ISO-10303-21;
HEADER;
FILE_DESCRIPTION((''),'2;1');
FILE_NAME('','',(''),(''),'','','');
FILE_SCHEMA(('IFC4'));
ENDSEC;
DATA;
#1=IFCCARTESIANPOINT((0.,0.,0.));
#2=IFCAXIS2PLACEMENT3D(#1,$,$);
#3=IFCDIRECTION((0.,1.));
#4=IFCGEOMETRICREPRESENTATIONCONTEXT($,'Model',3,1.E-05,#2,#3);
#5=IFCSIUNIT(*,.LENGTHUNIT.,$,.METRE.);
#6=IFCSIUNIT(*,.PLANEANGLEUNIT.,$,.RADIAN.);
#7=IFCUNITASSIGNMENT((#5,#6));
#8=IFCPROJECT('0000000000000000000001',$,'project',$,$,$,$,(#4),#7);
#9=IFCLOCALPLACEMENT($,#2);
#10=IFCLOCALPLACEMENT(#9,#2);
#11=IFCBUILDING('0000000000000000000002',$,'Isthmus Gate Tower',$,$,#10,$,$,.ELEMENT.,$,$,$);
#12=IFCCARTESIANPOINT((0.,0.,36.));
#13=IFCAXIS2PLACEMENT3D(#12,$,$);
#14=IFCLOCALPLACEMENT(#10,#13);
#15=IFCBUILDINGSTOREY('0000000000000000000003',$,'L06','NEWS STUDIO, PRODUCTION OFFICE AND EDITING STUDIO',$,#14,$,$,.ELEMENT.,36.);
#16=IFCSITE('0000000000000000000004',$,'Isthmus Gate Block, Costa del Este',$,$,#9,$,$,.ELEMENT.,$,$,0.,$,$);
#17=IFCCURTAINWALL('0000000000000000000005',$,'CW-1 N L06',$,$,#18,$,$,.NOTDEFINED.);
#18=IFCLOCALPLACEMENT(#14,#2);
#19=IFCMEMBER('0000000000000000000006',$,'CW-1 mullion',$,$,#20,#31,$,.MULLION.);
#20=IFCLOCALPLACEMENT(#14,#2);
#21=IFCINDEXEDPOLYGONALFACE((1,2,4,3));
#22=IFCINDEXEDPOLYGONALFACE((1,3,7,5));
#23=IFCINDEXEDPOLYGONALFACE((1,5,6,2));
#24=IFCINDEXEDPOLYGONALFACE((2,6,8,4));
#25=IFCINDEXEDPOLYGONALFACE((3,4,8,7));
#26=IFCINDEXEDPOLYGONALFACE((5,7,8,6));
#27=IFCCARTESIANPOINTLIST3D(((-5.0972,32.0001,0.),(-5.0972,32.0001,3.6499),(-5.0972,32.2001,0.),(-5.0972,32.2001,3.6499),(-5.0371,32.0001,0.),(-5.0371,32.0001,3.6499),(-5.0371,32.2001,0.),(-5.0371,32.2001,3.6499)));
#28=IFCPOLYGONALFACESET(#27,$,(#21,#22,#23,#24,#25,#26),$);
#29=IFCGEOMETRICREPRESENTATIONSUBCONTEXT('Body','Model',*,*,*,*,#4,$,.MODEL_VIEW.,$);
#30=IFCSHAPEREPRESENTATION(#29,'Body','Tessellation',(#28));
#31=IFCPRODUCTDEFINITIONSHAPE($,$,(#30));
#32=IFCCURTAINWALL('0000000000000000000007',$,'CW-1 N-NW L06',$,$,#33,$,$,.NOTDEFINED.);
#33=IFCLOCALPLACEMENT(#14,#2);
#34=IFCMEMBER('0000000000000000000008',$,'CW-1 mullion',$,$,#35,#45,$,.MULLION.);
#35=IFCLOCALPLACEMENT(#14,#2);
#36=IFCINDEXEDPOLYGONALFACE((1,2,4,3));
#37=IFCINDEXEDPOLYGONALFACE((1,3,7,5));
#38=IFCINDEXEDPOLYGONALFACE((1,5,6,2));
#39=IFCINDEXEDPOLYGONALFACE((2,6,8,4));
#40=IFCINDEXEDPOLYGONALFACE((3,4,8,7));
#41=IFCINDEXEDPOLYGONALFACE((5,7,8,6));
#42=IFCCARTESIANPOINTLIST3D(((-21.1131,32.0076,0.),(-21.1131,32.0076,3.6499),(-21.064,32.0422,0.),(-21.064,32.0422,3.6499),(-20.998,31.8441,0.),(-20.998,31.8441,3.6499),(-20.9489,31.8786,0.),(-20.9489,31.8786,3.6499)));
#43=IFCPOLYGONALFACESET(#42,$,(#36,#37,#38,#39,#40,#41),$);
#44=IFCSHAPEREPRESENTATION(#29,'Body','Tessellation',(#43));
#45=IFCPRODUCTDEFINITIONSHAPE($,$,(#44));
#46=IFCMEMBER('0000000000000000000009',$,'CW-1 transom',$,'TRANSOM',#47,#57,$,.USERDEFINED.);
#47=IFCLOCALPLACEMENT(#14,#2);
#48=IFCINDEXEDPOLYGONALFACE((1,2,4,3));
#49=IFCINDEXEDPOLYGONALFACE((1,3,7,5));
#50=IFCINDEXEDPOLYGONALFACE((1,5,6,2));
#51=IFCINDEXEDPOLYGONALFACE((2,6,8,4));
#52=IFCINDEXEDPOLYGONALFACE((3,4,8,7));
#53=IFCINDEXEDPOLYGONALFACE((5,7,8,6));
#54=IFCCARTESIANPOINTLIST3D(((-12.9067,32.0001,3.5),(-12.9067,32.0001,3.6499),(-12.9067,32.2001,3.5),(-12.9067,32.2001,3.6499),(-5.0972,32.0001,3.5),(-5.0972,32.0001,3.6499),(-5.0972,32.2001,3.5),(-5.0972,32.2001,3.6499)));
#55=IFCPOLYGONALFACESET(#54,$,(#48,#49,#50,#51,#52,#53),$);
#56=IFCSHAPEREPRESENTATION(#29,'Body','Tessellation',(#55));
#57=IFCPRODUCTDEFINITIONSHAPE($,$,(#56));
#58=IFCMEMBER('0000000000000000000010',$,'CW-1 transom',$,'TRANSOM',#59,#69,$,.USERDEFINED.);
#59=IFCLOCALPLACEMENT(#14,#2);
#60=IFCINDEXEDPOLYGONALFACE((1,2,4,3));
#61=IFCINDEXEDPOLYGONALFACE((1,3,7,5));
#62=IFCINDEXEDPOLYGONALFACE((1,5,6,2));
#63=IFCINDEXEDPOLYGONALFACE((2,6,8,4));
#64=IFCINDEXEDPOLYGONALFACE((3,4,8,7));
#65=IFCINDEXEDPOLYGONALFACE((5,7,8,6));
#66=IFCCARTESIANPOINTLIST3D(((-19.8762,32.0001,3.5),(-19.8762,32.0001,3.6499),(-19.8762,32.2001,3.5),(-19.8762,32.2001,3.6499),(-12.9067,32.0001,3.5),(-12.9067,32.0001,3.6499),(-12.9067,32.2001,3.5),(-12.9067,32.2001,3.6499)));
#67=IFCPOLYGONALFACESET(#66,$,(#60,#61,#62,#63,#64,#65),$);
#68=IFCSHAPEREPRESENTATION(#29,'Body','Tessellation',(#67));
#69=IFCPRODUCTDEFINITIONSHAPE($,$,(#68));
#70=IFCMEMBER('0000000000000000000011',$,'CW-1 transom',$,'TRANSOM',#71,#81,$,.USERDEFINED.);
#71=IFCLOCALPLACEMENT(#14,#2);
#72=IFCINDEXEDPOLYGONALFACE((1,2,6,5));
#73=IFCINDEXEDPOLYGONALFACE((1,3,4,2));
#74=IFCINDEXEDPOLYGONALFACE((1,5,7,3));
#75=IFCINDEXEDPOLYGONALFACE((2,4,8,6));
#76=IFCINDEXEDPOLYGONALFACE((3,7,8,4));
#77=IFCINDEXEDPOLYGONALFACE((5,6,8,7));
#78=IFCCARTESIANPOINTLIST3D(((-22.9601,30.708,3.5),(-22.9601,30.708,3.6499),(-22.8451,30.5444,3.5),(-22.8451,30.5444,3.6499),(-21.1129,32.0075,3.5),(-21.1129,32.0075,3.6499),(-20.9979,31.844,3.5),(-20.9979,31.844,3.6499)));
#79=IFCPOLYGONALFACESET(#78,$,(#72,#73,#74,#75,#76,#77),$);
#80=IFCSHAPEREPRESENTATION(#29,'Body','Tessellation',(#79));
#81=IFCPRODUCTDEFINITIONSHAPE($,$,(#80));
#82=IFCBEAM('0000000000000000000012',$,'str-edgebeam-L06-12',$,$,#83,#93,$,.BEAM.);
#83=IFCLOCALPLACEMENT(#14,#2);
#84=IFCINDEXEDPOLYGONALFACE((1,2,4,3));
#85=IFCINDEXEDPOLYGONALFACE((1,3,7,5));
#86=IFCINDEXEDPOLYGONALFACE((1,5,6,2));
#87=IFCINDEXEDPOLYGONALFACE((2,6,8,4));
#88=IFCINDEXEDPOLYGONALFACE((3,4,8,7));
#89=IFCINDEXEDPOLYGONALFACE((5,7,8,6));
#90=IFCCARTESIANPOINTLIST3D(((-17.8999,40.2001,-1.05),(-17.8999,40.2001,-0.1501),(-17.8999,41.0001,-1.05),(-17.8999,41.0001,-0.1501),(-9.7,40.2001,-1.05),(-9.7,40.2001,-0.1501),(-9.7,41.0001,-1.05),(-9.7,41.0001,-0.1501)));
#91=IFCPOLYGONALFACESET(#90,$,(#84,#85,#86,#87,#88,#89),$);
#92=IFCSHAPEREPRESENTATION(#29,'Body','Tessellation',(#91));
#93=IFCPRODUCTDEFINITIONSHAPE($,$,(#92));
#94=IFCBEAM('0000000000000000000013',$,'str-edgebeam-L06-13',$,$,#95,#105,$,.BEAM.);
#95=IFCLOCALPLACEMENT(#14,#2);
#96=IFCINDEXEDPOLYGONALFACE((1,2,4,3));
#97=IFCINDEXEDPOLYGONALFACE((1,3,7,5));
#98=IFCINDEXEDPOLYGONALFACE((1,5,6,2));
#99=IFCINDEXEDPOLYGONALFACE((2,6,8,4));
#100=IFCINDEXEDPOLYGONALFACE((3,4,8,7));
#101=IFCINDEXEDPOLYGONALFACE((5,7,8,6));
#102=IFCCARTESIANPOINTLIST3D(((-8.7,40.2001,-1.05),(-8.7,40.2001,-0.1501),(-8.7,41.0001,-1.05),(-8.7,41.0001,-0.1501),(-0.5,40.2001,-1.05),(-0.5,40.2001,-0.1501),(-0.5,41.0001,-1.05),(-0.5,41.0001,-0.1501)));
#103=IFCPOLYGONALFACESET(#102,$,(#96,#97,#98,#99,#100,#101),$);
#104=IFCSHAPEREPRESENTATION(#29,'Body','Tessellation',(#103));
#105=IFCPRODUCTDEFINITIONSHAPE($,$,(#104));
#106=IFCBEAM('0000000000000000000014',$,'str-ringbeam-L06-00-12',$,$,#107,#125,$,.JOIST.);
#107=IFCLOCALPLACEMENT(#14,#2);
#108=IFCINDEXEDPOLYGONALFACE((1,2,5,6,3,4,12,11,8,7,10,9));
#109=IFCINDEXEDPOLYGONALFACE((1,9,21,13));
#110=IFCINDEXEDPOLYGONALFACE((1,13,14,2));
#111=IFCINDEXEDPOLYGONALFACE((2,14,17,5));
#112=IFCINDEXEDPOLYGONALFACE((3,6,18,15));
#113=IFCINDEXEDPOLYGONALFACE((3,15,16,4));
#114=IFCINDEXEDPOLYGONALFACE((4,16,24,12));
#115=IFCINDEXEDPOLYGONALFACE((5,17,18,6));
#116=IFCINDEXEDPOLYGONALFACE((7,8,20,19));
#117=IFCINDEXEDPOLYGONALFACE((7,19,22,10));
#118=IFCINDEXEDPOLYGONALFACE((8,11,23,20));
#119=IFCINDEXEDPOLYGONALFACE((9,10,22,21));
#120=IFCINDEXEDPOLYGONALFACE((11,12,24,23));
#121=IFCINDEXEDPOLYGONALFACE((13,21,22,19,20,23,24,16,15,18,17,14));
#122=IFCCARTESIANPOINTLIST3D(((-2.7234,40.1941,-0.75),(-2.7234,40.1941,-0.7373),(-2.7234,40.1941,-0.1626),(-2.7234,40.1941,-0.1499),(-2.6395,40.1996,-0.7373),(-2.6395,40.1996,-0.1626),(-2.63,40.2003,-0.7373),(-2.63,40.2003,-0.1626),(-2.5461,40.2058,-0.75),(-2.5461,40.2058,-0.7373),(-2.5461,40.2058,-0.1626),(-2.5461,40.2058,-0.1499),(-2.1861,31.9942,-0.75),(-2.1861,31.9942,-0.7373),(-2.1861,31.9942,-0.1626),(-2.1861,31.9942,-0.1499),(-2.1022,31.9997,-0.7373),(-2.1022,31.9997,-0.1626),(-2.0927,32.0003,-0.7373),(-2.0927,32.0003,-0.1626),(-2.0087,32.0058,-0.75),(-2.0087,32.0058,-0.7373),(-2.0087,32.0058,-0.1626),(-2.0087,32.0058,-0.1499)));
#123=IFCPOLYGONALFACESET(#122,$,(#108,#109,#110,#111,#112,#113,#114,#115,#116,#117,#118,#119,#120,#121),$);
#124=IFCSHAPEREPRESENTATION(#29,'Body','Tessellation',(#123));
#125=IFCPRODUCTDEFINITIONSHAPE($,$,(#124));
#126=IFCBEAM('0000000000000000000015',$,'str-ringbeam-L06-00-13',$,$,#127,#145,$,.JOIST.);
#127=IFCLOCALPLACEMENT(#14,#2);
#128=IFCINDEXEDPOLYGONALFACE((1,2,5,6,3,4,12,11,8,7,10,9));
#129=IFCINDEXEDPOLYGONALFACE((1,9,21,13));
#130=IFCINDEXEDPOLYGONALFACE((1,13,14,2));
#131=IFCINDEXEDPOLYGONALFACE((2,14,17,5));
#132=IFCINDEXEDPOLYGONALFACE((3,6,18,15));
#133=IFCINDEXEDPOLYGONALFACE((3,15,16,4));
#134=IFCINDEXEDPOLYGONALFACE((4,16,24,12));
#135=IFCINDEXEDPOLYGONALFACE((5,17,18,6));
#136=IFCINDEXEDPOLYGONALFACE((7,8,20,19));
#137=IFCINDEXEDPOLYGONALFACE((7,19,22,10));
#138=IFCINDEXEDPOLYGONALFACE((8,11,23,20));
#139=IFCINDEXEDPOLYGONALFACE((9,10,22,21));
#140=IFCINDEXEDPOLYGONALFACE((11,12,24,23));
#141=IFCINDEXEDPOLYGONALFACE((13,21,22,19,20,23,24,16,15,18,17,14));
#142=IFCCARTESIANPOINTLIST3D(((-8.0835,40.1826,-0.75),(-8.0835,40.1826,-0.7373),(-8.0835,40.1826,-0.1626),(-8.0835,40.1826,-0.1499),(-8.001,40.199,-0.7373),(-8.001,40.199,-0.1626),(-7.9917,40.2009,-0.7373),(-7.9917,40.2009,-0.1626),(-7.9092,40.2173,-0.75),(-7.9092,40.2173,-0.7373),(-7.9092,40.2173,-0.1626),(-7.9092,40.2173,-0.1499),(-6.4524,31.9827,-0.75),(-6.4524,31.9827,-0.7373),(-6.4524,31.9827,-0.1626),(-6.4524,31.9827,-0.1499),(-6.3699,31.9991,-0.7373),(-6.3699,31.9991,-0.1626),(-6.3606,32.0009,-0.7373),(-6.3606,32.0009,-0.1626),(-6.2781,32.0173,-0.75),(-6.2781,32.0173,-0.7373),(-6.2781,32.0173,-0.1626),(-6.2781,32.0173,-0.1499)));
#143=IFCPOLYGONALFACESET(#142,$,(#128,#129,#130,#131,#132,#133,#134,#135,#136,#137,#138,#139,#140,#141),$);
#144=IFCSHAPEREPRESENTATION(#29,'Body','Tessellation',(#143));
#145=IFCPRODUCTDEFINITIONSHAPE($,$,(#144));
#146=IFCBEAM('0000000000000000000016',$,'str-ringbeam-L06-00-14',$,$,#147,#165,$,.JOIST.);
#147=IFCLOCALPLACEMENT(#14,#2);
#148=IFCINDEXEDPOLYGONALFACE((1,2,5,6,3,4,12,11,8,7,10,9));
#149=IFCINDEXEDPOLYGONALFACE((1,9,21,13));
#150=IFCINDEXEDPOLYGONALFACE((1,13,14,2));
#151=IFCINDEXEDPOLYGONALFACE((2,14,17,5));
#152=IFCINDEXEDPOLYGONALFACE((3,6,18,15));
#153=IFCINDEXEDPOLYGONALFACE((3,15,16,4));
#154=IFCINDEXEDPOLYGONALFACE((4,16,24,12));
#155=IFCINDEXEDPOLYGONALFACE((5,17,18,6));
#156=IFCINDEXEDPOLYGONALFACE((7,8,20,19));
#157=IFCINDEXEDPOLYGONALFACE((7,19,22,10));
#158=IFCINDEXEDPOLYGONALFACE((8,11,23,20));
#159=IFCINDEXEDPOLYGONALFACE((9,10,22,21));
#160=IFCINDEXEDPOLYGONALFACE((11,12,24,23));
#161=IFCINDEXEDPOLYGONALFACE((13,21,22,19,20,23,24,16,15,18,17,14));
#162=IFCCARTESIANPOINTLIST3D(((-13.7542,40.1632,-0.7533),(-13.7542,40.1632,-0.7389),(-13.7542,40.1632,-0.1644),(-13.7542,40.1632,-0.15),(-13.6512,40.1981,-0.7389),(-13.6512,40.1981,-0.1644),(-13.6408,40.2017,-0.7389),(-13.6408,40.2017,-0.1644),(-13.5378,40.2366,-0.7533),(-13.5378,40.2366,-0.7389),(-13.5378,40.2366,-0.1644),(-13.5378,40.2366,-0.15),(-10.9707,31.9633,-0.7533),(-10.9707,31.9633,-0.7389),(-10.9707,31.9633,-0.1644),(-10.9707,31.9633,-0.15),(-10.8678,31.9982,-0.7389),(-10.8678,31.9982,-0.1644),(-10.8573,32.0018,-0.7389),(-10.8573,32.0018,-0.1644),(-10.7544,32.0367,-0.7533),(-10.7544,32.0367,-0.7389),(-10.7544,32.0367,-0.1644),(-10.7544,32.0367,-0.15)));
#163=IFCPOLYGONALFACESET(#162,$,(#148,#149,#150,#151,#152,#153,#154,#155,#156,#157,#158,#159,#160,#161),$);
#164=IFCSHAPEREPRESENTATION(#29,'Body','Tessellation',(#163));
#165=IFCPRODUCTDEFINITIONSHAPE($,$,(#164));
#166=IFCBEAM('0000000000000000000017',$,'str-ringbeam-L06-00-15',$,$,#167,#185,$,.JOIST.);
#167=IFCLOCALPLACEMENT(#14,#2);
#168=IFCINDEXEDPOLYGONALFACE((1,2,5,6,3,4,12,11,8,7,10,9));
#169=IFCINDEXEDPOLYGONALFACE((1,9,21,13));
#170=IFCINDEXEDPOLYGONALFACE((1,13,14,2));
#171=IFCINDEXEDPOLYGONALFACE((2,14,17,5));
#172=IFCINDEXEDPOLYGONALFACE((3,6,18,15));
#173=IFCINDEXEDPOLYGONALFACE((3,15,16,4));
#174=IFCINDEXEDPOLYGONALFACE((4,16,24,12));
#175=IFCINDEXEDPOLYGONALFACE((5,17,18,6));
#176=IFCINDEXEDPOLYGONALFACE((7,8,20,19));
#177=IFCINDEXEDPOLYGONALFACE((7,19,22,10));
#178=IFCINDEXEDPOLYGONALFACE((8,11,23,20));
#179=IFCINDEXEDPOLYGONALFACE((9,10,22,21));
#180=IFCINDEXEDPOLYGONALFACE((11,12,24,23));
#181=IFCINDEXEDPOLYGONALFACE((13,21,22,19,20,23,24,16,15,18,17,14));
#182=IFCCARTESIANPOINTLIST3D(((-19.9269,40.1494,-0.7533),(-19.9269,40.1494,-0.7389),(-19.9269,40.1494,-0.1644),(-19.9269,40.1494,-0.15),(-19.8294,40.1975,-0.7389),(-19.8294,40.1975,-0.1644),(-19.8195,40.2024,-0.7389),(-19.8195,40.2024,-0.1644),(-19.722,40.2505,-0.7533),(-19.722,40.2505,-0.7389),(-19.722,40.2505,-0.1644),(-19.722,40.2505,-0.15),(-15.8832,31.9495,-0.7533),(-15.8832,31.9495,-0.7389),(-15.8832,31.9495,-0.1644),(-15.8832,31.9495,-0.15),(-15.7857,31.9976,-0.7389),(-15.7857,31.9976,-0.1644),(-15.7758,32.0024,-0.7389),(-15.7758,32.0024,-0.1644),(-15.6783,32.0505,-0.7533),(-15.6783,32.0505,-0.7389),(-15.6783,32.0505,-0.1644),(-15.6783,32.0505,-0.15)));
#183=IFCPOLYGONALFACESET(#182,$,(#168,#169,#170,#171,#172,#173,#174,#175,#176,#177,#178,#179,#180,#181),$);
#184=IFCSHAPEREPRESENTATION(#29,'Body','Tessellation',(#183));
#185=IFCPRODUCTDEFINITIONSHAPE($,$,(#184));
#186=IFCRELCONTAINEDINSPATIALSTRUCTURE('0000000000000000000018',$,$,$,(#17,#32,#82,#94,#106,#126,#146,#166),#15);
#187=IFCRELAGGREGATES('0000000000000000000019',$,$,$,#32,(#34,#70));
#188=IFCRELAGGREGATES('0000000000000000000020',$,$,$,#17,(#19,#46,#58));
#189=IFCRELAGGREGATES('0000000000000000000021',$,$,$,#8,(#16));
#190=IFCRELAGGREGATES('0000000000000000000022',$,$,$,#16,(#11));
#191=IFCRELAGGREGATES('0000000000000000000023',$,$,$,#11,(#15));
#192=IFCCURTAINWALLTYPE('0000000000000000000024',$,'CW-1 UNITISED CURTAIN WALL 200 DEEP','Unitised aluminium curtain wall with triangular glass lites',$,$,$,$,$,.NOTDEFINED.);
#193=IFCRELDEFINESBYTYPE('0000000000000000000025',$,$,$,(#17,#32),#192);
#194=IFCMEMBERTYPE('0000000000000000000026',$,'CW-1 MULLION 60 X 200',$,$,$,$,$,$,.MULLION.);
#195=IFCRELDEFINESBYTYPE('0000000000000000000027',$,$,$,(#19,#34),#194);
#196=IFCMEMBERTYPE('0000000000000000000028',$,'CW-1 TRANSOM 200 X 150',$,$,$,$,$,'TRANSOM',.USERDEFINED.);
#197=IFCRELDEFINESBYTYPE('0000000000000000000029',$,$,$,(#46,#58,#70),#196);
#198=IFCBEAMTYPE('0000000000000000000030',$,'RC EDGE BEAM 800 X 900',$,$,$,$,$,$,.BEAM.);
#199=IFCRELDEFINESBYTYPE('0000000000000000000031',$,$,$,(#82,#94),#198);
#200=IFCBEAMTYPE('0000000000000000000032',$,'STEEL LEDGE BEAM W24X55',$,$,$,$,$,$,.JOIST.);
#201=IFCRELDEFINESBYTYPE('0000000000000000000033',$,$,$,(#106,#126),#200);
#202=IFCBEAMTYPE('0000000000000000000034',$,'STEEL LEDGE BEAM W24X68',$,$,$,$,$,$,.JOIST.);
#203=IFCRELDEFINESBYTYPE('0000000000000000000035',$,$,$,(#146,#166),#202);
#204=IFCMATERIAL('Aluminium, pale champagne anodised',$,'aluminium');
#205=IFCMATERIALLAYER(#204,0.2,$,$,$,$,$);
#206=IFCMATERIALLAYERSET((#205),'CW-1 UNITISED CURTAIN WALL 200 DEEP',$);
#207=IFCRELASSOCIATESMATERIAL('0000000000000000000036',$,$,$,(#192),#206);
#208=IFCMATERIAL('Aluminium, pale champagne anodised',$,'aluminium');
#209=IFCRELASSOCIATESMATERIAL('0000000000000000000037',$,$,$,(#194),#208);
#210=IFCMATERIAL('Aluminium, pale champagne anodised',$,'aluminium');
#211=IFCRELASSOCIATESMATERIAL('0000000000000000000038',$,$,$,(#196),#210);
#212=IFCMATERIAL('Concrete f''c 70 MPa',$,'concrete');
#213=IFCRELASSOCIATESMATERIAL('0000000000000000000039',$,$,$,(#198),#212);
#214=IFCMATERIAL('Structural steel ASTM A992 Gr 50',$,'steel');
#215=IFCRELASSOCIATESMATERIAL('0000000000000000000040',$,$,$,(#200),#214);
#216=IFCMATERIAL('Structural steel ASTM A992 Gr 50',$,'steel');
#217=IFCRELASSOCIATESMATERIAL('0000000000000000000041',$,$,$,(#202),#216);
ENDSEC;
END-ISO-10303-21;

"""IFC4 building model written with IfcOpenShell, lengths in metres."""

from ifc_helpers import new_model, si_unit, direction, frame, origin, origin_2d, place, context, subcontext, project, spatial, rectangle, i_section, extrude, material, layer, layer_set, material_profile, profile_set, type_object, element, aggregate, save


model = new_model("IFC4")

# Units and contexts
model_context = context("Model", 3, precision=1e-05, world=origin(), true_north=direction((0.0, 1.0)))
body_context = subcontext(model_context, "Body", "Model", "MODEL_VIEW")
ifc_project = project(units=[si_unit("LENGTHUNIT", "METRE"), si_unit("PLANEANGLEUNIT", "RADIAN")], contexts=[model_context])

# Site, building, storey
site_placement = place(None, origin())
site = spatial("IfcSite", under=ifc_project, at=site_placement, Name="Isthmus Gate Block, Costa del Este", CompositionType="ELEMENT", RefElevation=0.0)
building_placement = place(site_placement, origin())
building = spatial("IfcBuilding", under=site, at=building_placement, Name="Isthmus Gate Tower", CompositionType="ELEMENT")
storey_placement = place(building_placement, frame((0.0, 0.0, 36.0)))
storey = spatial("IfcBuildingStorey", under=building, at=storey_placement, Name="L06", Description="NEWS STUDIO, PRODUCTION OFFICE AND EDITING STUDIO", CompositionType="ELEMENT", Elevation=36.0)

# Curtain walls, members
ifc_material_1 = material(Name="Aluminium, pale champagne anodised", Category="aluminium")
ifc_layer_1 = layer(ifc_material_1, 0.2)
ifc_layer_set_1 = layer_set([ifc_layer_1], Name="CW-1 UNITISED CURTAIN WALL 200 DEEP")
curtain_wall_type = type_object("IfcCurtainWallType", Name="CW-1 UNITISED CURTAIN WALL 200 DEEP", Description="Unitised aluminium curtain wall with triangular glass lites", PredefinedType="NOTDEFINED", material=ifc_layer_set_1)
curtain_wall_1_placement = place(storey_placement, origin())
curtain_wall_1 = element("IfcCurtainWall", 1, at=curtain_wall_1_placement, inside=storey, type_object=curtain_wall_type, Name="CW-1 N L06", PredefinedType="NOTDEFINED")
ifc_material_2 = material(Name="Aluminium, pale champagne anodised", Category="aluminium")
ifc_material_profile_1 = material_profile(ifc_material_2, rectangle(XDim=0.0601, YDim=0.2, at=origin_2d()), Name="60x200")
ifc_profile_set_1 = profile_set([ifc_material_profile_1], Name="Aluminium, pale champagne anodised")
member_type_1 = type_object("IfcMemberType", Name="CW-1 MULLION 60 X 200", PredefinedType="MULLION", material=ifc_profile_set_1)
member_1_placement = place(storey_placement, frame((-5.0671, 32.1001, 0.0), z_axis=(0.0, 0.0, 1.0), x_axis=(-1.0, 0.0, 0.0)))
member_1 = element("IfcMember", 2, at=member_1_placement, type_object=member_type_1, Name="CW-1 mullion", PredefinedType="MULLION", context=body_context, shape_type="SweptSolid", body=[
    extrude(rectangle(XDim=0.0601, YDim=0.2, at=origin_2d()), origin(), (0.0, 0.0, 1.0), 3.6499),
])
curtain_wall_2_placement = place(storey_placement, origin())
curtain_wall_2 = element("IfcCurtainWall", 3, at=curtain_wall_2_placement, inside=storey, type_object=curtain_wall_type, Name="CW-1 N-NW L06", PredefinedType="NOTDEFINED")
member_2_placement = place(storey_placement, frame((-21.031, 31.9431, 0.0), z_axis=(0.0, 0.0, 1.0), x_axis=(-0.81786, -0.575418, 0.0)))
member_2 = element("IfcMember", 4, at=member_2_placement, type_object=member_type_1, Name="CW-1 mullion", PredefinedType="MULLION", context=body_context, shape_type="SweptSolid", body=[
    extrude(rectangle(XDim=0.0601, YDim=0.2, at=origin_2d()), origin(), (0.0, 0.0, 1.0), 3.6499),
])

# Members
ifc_material_3 = material(Name="Aluminium, pale champagne anodised", Category="aluminium")
ifc_material_profile_2 = material_profile(ifc_material_3, rectangle(XDim=0.2, YDim=0.1499, at=origin_2d()), Name="200x150")
ifc_profile_set_2 = profile_set([ifc_material_profile_2], Name="Aluminium, pale champagne anodised")
member_type_2 = type_object("IfcMemberType", Name="CW-1 TRANSOM 200 X 150", ElementType="TRANSOM", PredefinedType="USERDEFINED", material=ifc_profile_set_2)
member_3_placement = place(storey_placement, frame((-5.0972, 32.1001, 3.575), z_axis=(-1.0, 0.0, 0.0), x_axis=(0.0, -1.0, 0.0)))
member_3 = element("IfcMember", 5, at=member_3_placement, type_object=member_type_2, Name="CW-1 transom", ObjectType="TRANSOM", PredefinedType="USERDEFINED", context=body_context, shape_type="SweptSolid", body=[
    extrude(rectangle(XDim=0.2, YDim=0.1499, at=origin_2d()), origin(), (0.0, 0.0, 1.0), 7.8096),
])
member_4_placement = place(storey_placement, frame((-12.9067, 32.1001, 3.575), z_axis=(-1.0, 0.0, 0.0), x_axis=(0.0, -1.0, 0.0)))
member_4 = element("IfcMember", 6, at=member_4_placement, type_object=member_type_2, Name="CW-1 transom", ObjectType="TRANSOM", PredefinedType="USERDEFINED", context=body_context, shape_type="SweptSolid", body=[
    extrude(rectangle(XDim=0.2, YDim=0.1499, at=origin_2d()), origin(), (0.0, 0.0, 1.0), 6.9695),
])
member_5_placement = place(storey_placement, frame((-21.0554, 31.9258, 3.575), z_axis=(-0.817869, -0.575405, 0.0), x_axis=(0.575405, -0.817869, 0.0)))
member_5 = element("IfcMember", 7, at=member_5_placement, type_object=member_type_2, Name="CW-1 transom", ObjectType="TRANSOM", PredefinedType="USERDEFINED", context=body_context, shape_type="SweptSolid", body=[
    extrude(rectangle(XDim=0.2, YDim=0.1499, at=origin_2d()), origin(), (0.0, 0.0, 1.0), 2.2585),
])
aggregate(curtain_wall_2, [member_2, member_5])

# Beams
ifc_material_4 = material(Name="Concrete f'c 70 MPa", Category="concrete")
ifc_material_profile_3 = material_profile(ifc_material_4, rectangle(XDim=0.8, YDim=0.8999, at=origin_2d()), Name="RC 800X900")
ifc_profile_set_3 = profile_set([ifc_material_profile_3], Name="Concrete f'c 70 MPa")
beam_type_1 = type_object("IfcBeamType", Name="RC EDGE BEAM 800 X 900", PredefinedType="BEAM", material=ifc_profile_set_3)
for number, where, z_axis, x_axis, name in (
    (8, (-17.8999, 40.6001, -0.6001), (1.0, 0.0, 0.0), (0.0, 1.0, 0.0), "str-edgebeam-L06-12"),
    (9, (-8.7, 40.6001, -0.6001), (1.0, 0.0, 0.0), (0.0, 1.0, 0.0), "str-edgebeam-L06-13"),
):
    element("IfcBeam", number, at=place(storey_placement, frame(where, z_axis=z_axis, x_axis=x_axis)), inside=storey, type_object=beam_type_1, Name=name, PredefinedType="BEAM", context=body_context, shape_type="SweptSolid", body=[
        extrude(rectangle(XDim=0.8, YDim=0.8999, at=origin_2d()), origin(), (0.0, 0.0, 1.0), 8.2),
    ])
ifc_material_5 = material(Name="Structural steel ASTM A992 Gr 50", Category="steel")
ifc_material_profile_4 = material_profile(ifc_material_5, i_section(OverallWidth=0.1777, OverallDepth=0.6001, WebThickness=0.0095, FlangeThickness=0.0127, at=origin_2d()), Name="W24X55")
ifc_profile_set_4 = profile_set([ifc_material_profile_4], Name="Structural steel ASTM A992 Gr 50")
beam_type_2 = type_object("IfcBeamType", Name="STEEL LEDGE BEAM W24X55", PredefinedType="JOIST", material=ifc_profile_set_4)
beam_1_placement = place(storey_placement, frame((-2.0974, 32.0, -0.45), z_axis=(-0.065391, 0.99786, 0.0), x_axis=(-0.99786, -0.065391, 0.0)))
element("IfcBeam", 10, at=beam_1_placement, inside=storey, type_object=beam_type_2, Name="str-ringbeam-L06-00-12", PredefinedType="JOIST", context=body_context, shape_type="SweptSolid", body=[
    extrude(i_section(OverallWidth=0.1777, OverallDepth=0.6001, WebThickness=0.0095, FlangeThickness=0.0127, at=origin_2d()), origin(), (0.0, 0.0, 1.0), 8.2175),
])
beam_2_placement = place(storey_placement, frame((-6.3652, 32.0, -0.45), z_axis=(-0.195094, 0.980785, 0.0), x_axis=(-0.980785, -0.195094, 0.0)))
element("IfcBeam", 11, at=beam_2_placement, inside=storey, type_object=beam_type_2, Name="str-ringbeam-L06-00-13", PredefinedType="JOIST", context=body_context, shape_type="SweptSolid", body=[
    extrude(i_section(OverallWidth=0.1777, OverallDepth=0.6001, WebThickness=0.0095, FlangeThickness=0.0127, at=origin_2d()), origin(), (0.0, 0.0, 1.0), 8.3606),
])
ifc_material_6 = material(Name="Structural steel ASTM A992 Gr 50", Category="steel")
ifc_material_profile_5 = material_profile(ifc_material_6, i_section(OverallWidth=0.2285, OverallDepth=0.6033, WebThickness=0.011, FlangeThickness=0.0144, at=origin_2d()), Name="W24X68")
ifc_profile_set_5 = profile_set([ifc_material_profile_5], Name="Structural steel ASTM A992 Gr 50")
beam_type_3 = type_object("IfcBeamType", Name="STEEL LEDGE BEAM W24X68", PredefinedType="JOIST", material=ifc_profile_set_5)
beam_3_placement = place(storey_placement, frame((-10.8625, 32.0, -0.4517), z_axis=(-0.321433, 0.946932, 0.0), x_axis=(-0.946932, -0.321433, 0.0)))
element("IfcBeam", 12, at=beam_3_placement, inside=storey, type_object=beam_type_3, Name="str-ringbeam-L06-00-14", PredefinedType="JOIST", context=body_context, shape_type="SweptSolid", body=[
    extrude(i_section(OverallWidth=0.2285, OverallDepth=0.6033, WebThickness=0.011, FlangeThickness=0.0144, at=origin_2d()), origin(), (0.0, 0.0, 1.0), 8.6594),
])
beam_4_placement = place(storey_placement, frame((-15.7808, 32.0, -0.4517), z_axis=(-0.442283, 0.896876, 0.0), x_axis=(-0.896876, -0.442283, 0.0)))
element("IfcBeam", 13, at=beam_4_placement, inside=storey, type_object=beam_type_3, Name="str-ringbeam-L06-00-15", PredefinedType="JOIST", context=body_context, shape_type="SweptSolid", body=[
    extrude(i_section(OverallWidth=0.2285, OverallDepth=0.6033, WebThickness=0.011, FlangeThickness=0.0144, at=origin_2d()), origin(), (0.0, 0.0, 1.0), 9.1428),
])

aggregate(curtain_wall_1, [member_1, member_3, member_4])

save(model, "model.ifc")
